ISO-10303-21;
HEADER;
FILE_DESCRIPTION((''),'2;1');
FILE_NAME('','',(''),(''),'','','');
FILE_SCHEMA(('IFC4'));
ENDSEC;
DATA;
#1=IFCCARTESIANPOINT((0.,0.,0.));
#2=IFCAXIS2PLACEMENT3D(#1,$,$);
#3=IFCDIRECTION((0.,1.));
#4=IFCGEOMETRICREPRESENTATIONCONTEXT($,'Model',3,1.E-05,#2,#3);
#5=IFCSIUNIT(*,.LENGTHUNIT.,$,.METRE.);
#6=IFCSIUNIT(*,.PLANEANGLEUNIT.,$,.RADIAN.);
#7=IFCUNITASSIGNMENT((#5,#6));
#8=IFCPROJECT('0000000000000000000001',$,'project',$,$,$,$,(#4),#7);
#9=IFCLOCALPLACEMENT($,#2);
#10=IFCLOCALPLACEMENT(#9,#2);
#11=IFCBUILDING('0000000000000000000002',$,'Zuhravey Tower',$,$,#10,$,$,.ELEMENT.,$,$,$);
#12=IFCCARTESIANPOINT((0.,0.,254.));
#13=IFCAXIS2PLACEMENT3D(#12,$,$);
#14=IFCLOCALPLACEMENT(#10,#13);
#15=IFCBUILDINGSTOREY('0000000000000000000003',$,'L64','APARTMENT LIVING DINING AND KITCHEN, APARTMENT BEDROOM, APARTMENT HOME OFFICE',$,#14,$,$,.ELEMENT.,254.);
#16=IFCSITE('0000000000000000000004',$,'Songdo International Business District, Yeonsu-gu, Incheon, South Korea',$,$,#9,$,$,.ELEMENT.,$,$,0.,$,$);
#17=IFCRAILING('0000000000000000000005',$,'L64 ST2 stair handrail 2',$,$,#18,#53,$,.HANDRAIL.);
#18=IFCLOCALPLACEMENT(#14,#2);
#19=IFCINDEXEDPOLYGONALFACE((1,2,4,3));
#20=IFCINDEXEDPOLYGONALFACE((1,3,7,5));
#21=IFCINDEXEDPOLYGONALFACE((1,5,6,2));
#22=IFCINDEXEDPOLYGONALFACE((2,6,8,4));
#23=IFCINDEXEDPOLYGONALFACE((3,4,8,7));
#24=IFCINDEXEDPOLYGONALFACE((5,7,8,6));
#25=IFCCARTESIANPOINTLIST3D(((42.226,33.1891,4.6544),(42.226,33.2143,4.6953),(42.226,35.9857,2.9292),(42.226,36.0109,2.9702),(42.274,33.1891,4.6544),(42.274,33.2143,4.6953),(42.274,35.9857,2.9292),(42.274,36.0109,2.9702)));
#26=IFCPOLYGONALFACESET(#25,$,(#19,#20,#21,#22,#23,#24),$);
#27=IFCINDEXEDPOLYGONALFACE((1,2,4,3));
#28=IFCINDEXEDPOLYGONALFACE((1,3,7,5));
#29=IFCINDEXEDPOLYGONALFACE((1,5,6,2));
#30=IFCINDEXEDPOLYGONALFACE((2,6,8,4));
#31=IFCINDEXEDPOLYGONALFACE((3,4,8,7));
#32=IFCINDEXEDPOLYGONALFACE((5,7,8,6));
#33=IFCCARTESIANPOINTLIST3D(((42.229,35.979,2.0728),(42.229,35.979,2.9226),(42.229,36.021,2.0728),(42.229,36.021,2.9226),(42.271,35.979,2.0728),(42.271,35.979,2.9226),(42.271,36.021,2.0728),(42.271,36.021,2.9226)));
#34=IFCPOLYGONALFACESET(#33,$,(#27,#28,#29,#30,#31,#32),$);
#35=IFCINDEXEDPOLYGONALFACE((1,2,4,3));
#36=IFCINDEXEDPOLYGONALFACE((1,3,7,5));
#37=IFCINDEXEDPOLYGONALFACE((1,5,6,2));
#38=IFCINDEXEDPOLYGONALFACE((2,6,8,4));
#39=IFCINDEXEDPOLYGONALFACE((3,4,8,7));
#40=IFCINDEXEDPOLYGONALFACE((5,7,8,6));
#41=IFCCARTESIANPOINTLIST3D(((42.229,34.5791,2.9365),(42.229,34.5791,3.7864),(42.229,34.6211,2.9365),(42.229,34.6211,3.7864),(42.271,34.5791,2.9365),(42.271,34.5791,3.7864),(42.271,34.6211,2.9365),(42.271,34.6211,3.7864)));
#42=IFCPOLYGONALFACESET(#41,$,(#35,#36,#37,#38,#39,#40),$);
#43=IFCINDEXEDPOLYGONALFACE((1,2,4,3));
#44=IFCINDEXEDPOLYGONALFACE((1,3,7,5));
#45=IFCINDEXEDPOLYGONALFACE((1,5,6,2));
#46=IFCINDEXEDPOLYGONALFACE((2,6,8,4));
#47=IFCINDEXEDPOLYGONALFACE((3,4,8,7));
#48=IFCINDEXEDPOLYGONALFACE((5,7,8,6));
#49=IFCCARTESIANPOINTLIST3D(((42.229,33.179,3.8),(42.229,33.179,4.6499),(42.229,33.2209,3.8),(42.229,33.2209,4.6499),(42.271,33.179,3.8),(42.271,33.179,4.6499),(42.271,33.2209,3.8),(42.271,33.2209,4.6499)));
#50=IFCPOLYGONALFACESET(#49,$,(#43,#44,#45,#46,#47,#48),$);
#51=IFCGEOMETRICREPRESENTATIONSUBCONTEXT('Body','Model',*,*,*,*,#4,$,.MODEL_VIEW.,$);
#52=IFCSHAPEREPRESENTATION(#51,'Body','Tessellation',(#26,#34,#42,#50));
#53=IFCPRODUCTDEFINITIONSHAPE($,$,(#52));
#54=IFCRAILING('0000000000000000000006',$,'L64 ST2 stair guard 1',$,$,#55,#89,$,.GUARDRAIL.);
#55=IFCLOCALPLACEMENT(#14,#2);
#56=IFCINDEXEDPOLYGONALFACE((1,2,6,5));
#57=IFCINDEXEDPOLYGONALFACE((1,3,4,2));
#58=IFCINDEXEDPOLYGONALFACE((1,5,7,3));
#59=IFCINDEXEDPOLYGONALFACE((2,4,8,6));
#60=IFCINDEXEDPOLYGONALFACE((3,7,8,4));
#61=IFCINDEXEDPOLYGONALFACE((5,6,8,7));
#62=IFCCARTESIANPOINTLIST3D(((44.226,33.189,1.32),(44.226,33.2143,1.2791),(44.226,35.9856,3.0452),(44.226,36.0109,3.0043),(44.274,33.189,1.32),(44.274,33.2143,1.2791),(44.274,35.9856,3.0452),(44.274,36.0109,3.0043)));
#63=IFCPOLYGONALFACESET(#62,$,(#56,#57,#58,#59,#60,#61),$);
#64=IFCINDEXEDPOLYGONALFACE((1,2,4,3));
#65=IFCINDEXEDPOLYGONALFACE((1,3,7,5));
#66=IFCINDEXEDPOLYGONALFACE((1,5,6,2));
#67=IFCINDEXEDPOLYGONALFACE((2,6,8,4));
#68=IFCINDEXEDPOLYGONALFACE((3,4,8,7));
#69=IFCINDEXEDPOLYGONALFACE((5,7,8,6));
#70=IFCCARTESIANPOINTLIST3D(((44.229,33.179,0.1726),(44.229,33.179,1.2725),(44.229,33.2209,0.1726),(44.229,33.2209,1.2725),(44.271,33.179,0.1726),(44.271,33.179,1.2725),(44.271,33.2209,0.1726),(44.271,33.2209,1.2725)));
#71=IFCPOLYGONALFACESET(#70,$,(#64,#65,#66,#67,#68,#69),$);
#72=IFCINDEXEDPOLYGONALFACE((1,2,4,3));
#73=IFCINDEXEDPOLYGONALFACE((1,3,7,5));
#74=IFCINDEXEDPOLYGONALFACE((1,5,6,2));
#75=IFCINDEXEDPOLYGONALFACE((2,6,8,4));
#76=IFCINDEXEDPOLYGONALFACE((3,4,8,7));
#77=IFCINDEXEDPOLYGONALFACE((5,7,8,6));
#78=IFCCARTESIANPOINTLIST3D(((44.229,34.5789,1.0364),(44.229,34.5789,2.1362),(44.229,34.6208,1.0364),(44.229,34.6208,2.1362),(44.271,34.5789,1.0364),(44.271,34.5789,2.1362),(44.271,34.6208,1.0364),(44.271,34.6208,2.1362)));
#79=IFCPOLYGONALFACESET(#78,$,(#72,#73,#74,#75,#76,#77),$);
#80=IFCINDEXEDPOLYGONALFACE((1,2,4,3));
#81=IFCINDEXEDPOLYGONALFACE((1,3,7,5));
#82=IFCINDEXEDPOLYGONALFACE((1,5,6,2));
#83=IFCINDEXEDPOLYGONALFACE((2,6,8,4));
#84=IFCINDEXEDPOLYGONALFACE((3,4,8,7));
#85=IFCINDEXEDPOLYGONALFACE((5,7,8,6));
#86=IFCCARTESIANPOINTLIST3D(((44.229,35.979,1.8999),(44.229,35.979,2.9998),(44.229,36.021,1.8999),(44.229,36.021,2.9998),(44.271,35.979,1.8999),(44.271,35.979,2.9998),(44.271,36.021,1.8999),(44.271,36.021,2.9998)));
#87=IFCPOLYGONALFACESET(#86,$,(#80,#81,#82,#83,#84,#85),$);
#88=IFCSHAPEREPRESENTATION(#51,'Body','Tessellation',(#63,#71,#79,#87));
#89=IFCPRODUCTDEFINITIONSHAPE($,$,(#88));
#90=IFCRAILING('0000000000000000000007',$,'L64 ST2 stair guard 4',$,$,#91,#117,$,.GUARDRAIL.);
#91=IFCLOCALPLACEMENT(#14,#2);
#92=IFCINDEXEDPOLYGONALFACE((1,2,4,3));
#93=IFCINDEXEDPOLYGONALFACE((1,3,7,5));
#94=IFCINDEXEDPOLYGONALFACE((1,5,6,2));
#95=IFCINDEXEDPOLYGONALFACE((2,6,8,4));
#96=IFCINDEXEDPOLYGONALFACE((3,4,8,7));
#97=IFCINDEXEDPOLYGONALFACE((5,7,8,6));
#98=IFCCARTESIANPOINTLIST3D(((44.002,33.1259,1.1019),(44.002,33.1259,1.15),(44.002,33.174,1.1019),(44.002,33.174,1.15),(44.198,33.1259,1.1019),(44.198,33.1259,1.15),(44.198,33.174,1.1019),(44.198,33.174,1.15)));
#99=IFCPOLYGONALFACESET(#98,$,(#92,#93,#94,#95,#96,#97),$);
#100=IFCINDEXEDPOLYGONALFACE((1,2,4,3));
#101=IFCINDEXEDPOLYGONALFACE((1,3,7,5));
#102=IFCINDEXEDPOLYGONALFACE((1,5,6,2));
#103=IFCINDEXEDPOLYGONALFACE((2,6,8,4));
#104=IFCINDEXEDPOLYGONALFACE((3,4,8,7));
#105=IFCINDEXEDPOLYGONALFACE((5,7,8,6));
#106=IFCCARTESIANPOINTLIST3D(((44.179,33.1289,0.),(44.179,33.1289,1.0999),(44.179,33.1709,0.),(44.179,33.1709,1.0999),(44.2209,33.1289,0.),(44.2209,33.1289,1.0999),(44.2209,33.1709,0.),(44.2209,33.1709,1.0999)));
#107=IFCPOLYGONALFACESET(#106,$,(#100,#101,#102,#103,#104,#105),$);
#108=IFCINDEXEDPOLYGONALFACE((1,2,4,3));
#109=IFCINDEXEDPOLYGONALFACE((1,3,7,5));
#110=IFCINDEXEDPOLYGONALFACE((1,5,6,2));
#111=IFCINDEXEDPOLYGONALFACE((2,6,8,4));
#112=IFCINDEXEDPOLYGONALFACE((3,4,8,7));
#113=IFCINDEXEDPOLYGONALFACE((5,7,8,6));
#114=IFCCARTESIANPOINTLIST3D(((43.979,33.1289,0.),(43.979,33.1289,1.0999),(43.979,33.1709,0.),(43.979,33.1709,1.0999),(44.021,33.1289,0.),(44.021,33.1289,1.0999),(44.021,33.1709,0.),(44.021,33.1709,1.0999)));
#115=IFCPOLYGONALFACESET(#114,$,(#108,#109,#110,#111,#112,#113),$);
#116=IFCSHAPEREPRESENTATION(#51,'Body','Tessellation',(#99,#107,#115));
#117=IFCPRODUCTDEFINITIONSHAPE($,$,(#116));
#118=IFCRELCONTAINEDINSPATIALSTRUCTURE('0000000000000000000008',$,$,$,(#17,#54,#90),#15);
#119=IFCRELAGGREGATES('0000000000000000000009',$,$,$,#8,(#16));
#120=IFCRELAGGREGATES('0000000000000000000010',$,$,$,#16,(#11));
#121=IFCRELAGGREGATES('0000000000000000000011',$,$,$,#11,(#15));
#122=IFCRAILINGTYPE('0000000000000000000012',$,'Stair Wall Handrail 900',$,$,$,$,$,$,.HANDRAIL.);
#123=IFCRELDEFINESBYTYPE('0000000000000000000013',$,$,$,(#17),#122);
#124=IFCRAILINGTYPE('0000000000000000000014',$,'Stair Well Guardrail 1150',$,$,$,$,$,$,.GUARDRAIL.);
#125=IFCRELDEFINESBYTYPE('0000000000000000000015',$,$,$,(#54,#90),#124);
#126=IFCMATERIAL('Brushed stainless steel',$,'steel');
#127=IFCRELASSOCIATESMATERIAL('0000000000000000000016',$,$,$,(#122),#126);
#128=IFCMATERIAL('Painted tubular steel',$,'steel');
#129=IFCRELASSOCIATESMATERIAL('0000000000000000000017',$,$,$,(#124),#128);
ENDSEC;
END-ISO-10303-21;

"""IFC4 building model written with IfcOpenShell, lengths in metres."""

from ifc_helpers import new_model, si_unit, direction, frame, origin, origin_2d, place, context, subcontext, project, spatial, rectangle, extrude, material, type_object, element, save


model = new_model("IFC4")

# Units and contexts
model_context = context("Model", 3, precision=1e-05, world=origin(), true_north=direction((0.0, 1.0)))
body_context = subcontext(model_context, "Body", "Model", "MODEL_VIEW")
ifc_project = project(units=[si_unit("LENGTHUNIT", "METRE"), si_unit("PLANEANGLEUNIT", "RADIAN")], contexts=[model_context])

# Site, building, storey
site_placement = place(None, origin())
site = spatial("IfcSite", under=ifc_project, at=site_placement, Name="Songdo International Business District, Yeonsu-gu, Incheon, South Korea", CompositionType="ELEMENT", RefElevation=0.0)
building_placement = place(site_placement, origin())
building = spatial("IfcBuilding", under=site, at=building_placement, Name="Zuhravey Tower", CompositionType="ELEMENT")
storey_placement = place(building_placement, frame((0.0, 0.0, 254.0)))
storey = spatial("IfcBuildingStorey", under=building, at=storey_placement, Name="L64", Description="APARTMENT LIVING DINING AND KITCHEN, APARTMENT BEDROOM, APARTMENT HOME OFFICE", CompositionType="ELEMENT", Elevation=254.0)

# Shared definitions
ifc_material_1 = material(Name="Brushed stainless steel", Category="steel")

# Railings
railing_type_1 = type_object("IfcRailingType", Name="Stair Wall Handrail 900", PredefinedType="HANDRAIL", material=ifc_material_1)
railing_1_placement = place(storey_placement, frame((42.25, 36.0, 2.0728)))
element("IfcRailing", 1, at=railing_1_placement, inside=storey, type_object=railing_type_1, Name="L64 ST2 stair handrail 2", PredefinedType="HANDRAIL", context=body_context, shape_type="SweptSolid", body=[
    extrude(rectangle(XDim=0.0481, YDim=0.0481, at=origin_2d()), frame((0.0, -0.0017, 0.877), z_axis=(0.0, -0.85109, 0.52502), x_axis=(1.0, 0.0, 0.0)), (0.0, 0.0, 1.0), 3.2859),
    extrude(rectangle(XDim=0.042, YDim=0.042, at=origin_2d()), origin(), (0.0, 0.0, 1.0), 0.8499),
    extrude(rectangle(XDim=0.042, YDim=0.042, at=origin_2d()), frame((0.0, -1.3999, 0.8638)), (0.0, 0.0, 1.0), 0.8499),
    extrude(rectangle(XDim=0.042, YDim=0.042, at=origin_2d()), frame((0.0, -2.8, 1.7273)), (0.0, 0.0, 1.0), 0.8499),
])
ifc_material_2 = material(Name="Painted tubular steel", Category="steel")
railing_type_2 = type_object("IfcRailingType", Name="Stair Well Guardrail 1150", PredefinedType="GUARDRAIL", material=ifc_material_2)
railing_2_placement = place(storey_placement, frame((44.25, 33.2, 0.1726)))
element("IfcRailing", 2, at=railing_2_placement, inside=storey, type_object=railing_type_2, Name="L64 ST2 stair guard 1", PredefinedType="GUARDRAIL", context=body_context, shape_type="SweptSolid", body=[
    extrude(rectangle(XDim=0.0481, YDim=0.0481, at=origin_2d()), frame((0.0, 0.0017, 1.127), z_axis=(0.0, 0.85109, 0.52502), x_axis=(-1.0, 0.0, 0.0)), (0.0, 0.0, 1.0), 3.2859),
    extrude(rectangle(XDim=0.042, YDim=0.042, at=origin_2d()), origin(), (0.0, 0.0, 1.0), 1.0999),
    extrude(rectangle(XDim=0.042, YDim=0.042, at=origin_2d()), frame((0.0, 1.3999, 0.8638)), (0.0, 0.0, 1.0), 1.0999),
    extrude(rectangle(XDim=0.042, YDim=0.042, at=origin_2d()), frame((0.0, 2.8, 1.7273)), (0.0, 0.0, 1.0), 1.0999),
])
railing_3_placement = place(storey_placement, frame((44.2, 33.1499, 0.0)))
element("IfcRailing", 3, at=railing_3_placement, inside=storey, type_object=railing_type_2, Name="L64 ST2 stair guard 4", PredefinedType="GUARDRAIL", context=body_context, shape_type="SweptSolid", body=[
    extrude(rectangle(XDim=0.0481, YDim=0.0481, at=origin_2d()), frame((-0.002, 0.0, 1.126), z_axis=(-1.0, 0.0, 0.0), x_axis=(0.0, -1.0, 0.0)), (0.0, 0.0, 1.0), 0.196),
    extrude(rectangle(XDim=0.042, YDim=0.042, at=origin_2d()), origin(), (0.0, 0.0, 1.0), 1.0999),
    extrude(rectangle(XDim=0.042, YDim=0.042, at=origin_2d()), frame((-0.2, 0.0, 0.0)), (0.0, 0.0, 1.0), 1.0999),
])

save(model, "model.ifc")
